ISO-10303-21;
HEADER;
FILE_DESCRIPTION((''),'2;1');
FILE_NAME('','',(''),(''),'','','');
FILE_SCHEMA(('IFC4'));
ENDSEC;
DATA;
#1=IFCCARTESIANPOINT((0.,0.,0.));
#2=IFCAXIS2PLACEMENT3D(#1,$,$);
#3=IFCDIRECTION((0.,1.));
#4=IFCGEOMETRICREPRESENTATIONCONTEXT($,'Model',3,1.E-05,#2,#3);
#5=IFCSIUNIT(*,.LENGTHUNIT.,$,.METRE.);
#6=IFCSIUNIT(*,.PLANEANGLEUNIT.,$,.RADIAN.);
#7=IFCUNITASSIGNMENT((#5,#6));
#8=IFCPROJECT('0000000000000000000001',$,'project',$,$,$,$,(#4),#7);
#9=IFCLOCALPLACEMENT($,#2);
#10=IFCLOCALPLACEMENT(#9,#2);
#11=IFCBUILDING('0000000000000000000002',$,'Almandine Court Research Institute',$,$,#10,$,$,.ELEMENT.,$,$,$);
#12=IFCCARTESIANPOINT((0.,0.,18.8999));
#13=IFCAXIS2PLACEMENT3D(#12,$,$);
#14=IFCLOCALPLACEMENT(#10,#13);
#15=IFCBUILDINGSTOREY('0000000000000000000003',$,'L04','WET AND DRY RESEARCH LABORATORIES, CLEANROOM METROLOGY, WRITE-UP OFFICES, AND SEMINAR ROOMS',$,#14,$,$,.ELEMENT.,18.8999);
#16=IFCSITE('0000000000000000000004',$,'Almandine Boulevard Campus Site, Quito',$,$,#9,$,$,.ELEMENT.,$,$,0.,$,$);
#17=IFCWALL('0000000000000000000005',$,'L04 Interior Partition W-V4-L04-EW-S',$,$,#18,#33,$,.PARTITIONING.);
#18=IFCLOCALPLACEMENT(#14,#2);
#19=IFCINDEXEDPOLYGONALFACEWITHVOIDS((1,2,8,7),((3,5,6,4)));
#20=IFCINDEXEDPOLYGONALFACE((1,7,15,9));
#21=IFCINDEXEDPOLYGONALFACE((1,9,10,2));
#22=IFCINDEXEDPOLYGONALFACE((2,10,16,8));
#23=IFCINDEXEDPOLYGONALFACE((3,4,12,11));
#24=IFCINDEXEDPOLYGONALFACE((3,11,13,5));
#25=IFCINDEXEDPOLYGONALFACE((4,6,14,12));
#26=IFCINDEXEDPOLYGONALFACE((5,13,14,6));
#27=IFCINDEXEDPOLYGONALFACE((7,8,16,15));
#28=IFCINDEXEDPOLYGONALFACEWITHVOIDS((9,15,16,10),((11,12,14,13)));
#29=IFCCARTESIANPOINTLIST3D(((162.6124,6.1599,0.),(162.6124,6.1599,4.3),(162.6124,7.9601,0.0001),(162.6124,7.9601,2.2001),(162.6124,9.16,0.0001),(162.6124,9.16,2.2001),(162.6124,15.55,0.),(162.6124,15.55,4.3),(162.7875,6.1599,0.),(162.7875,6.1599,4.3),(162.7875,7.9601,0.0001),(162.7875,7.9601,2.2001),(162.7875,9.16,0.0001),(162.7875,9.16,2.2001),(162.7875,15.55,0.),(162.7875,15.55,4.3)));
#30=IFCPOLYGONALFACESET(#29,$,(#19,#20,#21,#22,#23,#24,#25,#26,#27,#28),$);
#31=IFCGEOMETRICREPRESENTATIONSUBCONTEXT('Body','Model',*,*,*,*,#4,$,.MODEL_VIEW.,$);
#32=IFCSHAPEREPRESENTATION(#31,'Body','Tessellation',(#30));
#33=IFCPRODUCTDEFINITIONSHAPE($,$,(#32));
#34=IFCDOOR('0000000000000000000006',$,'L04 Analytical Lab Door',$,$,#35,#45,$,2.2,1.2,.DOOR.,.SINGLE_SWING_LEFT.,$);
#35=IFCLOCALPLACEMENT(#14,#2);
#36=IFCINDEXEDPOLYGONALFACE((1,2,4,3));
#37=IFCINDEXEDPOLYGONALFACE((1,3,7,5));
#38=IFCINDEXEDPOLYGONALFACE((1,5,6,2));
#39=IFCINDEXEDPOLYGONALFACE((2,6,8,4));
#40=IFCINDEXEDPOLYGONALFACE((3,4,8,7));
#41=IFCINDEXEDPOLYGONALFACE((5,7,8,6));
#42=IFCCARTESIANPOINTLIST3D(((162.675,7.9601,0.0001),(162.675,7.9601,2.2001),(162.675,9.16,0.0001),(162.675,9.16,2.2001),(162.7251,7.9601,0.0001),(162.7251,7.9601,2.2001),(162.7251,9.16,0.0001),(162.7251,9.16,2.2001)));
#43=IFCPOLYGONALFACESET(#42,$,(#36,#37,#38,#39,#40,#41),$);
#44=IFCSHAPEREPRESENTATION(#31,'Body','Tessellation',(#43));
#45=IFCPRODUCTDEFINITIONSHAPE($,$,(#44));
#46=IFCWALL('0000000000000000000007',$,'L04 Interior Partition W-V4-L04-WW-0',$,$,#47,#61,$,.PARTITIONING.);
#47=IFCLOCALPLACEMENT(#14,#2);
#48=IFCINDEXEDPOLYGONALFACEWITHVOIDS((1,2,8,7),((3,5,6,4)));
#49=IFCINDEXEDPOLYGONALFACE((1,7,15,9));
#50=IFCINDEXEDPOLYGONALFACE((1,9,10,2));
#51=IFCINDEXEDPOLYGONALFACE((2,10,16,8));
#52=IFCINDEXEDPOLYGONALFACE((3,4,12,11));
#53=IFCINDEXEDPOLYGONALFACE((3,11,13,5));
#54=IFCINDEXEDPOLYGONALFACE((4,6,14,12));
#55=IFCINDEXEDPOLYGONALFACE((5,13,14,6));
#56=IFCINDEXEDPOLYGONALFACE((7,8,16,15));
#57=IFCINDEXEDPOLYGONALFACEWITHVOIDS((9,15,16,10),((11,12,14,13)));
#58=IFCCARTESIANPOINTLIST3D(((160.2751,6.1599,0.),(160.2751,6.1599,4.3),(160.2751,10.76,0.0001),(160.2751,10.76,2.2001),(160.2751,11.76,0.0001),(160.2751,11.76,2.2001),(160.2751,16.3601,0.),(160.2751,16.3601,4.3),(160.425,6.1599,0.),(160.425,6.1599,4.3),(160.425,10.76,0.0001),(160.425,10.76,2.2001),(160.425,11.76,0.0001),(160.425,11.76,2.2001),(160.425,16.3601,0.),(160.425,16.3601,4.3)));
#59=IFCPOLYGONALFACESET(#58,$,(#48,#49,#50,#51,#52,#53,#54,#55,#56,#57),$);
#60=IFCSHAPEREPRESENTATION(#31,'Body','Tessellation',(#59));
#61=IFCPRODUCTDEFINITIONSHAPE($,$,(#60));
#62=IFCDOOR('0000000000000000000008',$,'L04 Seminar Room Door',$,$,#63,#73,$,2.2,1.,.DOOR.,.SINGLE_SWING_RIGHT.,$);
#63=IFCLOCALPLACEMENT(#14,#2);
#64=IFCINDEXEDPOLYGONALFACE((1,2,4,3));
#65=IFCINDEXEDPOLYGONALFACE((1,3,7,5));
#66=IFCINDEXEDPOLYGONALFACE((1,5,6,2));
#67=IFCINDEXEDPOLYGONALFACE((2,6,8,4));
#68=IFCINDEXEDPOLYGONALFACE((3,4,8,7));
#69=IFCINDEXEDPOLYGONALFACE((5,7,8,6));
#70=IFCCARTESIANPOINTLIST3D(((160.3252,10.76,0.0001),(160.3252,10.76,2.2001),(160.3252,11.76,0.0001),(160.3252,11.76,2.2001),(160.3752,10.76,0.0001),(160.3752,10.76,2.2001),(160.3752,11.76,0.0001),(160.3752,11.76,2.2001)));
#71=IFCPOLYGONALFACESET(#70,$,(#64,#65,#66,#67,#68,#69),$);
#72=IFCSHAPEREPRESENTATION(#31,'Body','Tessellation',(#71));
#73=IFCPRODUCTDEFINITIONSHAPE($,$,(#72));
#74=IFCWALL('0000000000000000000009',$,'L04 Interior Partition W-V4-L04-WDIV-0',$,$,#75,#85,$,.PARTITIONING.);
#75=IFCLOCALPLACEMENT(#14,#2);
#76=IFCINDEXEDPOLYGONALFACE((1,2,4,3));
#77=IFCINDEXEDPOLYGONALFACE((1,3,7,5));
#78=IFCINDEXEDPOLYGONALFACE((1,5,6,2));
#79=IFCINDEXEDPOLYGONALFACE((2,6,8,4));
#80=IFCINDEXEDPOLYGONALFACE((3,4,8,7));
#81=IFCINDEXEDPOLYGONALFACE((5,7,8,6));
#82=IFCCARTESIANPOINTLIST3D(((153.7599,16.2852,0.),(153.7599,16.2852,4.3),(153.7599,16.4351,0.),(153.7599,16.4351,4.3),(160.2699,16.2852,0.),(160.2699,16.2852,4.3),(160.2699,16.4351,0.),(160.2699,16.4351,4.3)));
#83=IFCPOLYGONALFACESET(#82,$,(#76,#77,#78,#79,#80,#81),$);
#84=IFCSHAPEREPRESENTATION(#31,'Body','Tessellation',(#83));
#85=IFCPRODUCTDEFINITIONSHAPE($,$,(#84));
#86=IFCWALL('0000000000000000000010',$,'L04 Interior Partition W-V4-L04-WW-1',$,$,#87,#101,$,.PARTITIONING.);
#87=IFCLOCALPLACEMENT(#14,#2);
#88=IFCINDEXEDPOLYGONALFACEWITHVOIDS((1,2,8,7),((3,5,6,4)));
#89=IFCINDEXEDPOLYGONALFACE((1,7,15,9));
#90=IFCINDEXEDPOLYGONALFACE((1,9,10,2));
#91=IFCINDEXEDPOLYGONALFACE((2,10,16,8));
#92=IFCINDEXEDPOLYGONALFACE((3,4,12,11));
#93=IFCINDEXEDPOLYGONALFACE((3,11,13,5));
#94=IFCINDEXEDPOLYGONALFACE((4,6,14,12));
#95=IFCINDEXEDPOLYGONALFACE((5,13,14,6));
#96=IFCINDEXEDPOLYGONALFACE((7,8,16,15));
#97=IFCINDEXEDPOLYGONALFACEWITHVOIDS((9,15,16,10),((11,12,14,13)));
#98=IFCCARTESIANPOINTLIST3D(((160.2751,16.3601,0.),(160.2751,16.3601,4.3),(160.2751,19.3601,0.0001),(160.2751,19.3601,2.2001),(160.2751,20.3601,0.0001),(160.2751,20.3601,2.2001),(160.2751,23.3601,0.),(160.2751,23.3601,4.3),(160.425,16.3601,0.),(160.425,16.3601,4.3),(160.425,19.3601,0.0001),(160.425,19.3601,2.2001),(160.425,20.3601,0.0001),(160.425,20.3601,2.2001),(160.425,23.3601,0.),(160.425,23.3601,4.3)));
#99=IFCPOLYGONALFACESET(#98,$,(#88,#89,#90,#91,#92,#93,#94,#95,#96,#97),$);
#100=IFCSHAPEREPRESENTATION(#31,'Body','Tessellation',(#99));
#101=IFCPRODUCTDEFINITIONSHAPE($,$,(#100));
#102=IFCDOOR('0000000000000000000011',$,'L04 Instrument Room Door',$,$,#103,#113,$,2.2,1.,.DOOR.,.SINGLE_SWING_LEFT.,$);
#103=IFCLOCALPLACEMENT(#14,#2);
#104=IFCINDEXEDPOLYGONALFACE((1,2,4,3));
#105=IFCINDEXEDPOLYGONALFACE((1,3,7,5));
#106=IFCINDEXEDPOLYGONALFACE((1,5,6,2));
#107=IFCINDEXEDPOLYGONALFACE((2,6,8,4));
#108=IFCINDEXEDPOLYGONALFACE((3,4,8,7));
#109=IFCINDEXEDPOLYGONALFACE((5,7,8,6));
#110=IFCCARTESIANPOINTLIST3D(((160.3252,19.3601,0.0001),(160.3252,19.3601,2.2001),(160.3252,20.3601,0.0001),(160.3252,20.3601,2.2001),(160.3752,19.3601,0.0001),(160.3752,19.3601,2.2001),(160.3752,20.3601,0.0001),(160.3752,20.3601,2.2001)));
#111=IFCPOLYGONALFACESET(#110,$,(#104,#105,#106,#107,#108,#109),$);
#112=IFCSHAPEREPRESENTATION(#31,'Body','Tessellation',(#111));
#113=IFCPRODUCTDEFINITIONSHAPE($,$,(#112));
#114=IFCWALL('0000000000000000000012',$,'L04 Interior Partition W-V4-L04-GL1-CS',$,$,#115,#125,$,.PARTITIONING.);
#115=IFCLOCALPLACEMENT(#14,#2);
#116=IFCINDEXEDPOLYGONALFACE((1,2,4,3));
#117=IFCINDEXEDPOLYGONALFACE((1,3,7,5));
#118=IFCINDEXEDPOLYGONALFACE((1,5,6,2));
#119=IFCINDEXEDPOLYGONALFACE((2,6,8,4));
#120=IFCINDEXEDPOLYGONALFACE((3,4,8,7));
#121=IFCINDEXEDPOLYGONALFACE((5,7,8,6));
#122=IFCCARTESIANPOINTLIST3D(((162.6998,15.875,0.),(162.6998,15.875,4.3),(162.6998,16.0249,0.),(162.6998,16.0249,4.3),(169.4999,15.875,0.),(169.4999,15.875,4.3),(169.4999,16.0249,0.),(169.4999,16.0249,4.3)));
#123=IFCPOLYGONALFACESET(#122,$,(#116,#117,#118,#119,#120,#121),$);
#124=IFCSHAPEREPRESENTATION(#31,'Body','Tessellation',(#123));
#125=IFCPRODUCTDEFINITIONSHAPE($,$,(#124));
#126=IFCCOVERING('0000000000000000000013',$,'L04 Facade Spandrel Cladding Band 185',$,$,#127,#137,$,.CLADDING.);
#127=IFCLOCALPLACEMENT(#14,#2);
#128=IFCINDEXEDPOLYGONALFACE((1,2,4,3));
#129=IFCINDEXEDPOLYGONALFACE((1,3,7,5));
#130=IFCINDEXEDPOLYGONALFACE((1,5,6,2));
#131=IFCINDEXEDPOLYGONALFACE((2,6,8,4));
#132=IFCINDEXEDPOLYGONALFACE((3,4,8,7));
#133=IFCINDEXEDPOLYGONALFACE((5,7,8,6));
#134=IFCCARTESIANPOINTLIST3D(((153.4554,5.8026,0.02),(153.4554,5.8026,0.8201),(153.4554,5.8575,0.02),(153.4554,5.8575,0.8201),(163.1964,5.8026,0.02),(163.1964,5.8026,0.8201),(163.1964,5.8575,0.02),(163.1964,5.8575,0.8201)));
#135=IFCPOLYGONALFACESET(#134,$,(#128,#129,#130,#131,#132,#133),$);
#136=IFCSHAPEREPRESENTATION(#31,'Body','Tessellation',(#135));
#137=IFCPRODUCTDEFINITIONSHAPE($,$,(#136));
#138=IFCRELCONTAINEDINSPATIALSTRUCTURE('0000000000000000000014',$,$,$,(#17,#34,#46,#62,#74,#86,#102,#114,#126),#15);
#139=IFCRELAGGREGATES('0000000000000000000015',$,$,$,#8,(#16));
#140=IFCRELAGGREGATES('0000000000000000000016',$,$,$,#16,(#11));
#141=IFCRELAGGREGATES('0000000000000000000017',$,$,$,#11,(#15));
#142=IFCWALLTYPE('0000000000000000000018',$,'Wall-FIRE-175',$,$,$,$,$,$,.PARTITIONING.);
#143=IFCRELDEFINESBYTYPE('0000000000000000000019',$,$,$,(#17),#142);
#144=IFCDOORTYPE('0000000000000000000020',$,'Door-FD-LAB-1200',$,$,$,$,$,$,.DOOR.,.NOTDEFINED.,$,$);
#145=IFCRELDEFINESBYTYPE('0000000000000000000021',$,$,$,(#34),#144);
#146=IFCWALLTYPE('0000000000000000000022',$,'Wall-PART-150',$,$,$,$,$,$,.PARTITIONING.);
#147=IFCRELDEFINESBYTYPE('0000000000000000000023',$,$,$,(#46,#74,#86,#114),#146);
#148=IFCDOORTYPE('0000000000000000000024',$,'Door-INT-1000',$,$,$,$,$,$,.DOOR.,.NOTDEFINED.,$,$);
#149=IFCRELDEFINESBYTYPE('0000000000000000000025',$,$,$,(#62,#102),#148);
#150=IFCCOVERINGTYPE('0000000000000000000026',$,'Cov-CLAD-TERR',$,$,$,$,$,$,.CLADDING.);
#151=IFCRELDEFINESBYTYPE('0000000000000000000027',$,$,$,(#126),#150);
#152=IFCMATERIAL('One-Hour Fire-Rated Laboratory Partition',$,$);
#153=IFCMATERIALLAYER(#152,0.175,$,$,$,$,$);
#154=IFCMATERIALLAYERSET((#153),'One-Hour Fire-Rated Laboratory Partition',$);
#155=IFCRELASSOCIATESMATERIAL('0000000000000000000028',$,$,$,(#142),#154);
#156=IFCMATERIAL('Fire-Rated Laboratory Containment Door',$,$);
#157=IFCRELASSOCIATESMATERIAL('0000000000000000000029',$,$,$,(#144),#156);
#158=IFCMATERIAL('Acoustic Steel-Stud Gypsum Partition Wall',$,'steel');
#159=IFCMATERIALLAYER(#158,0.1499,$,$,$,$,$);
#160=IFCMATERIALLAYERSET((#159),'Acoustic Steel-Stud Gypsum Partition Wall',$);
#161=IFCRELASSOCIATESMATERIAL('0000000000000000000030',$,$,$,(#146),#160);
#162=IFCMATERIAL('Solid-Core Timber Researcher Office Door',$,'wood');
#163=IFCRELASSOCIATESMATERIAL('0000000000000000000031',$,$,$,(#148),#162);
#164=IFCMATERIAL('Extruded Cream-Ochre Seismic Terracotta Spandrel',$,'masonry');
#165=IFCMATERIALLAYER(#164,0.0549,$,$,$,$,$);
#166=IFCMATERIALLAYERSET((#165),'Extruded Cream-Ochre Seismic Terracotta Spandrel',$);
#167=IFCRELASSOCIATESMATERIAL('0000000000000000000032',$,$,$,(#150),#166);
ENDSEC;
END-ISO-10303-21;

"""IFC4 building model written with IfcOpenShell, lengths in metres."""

from ifc_helpers import new_model, si_unit, direction, frame, frame_2d, origin, origin_2d, place, context, subcontext, project, spatial, rectangle, extrude, material, layer, layer_set, type_object, element, fill, save


model = new_model("IFC4")

# Units and contexts
model_context = context("Model", 3, precision=1e-05, world=origin(), true_north=direction((0.0, 1.0)))
body_context = subcontext(model_context, "Body", "Model", "MODEL_VIEW")
ifc_project = project(units=[si_unit("LENGTHUNIT", "METRE"), si_unit("PLANEANGLEUNIT", "RADIAN")], contexts=[model_context])

# Site, building, storey
site_placement = place(None, origin())
site = spatial("IfcSite", under=ifc_project, at=site_placement, Name="Almandine Boulevard Campus Site, Quito", CompositionType="ELEMENT", RefElevation=0.0)
building_placement = place(site_placement, origin())
building = spatial("IfcBuilding", under=site, at=building_placement, Name="Almandine Court Research Institute", CompositionType="ELEMENT")
storey_placement = place(building_placement, frame((0.0, 0.0, 18.8999)))
storey = spatial("IfcBuildingStorey", under=building, at=storey_placement, Name="L04", Description="WET AND DRY RESEARCH LABORATORIES, CLEANROOM METROLOGY, WRITE-UP OFFICES, AND SEMINAR ROOMS", CompositionType="ELEMENT", Elevation=18.8999)

# Walls, openings, doors
ifc_material_1 = material(Name="One-Hour Fire-Rated Laboratory Partition")
ifc_layer_1 = layer(ifc_material_1, 0.175)
ifc_layer_set_1 = layer_set([ifc_layer_1], Name="One-Hour Fire-Rated Laboratory Partition")
wall_type_1 = type_object("IfcWallType", Name="Wall-FIRE-175", PredefinedType="PARTITIONING", material=ifc_layer_set_1)
wall_1_placement = place(storey_placement, frame((162.7, 6.1599, 0.0), z_axis=(0.0, 0.0, 1.0), x_axis=(0.0, 1.0, 0.0)))
wall_1 = element("IfcWall", 1, at=wall_1_placement, inside=storey, type_object=wall_type_1, Name="L04 Interior Partition W-V4-L04-EW-S", PredefinedType="PARTITIONING", context=body_context, shape_type="SweptSolid", body=[
    extrude(rectangle(XDim=9.3901, YDim=0.175, at=frame_2d((4.6951, 0.0))), origin(), (0.0, 0.0, 1.0), 4.3),
])
opening_1_placement = place(wall_1_placement, frame((1.8, 0.0, 0.0)))
opening_1 = element("IfcOpeningElement", 2, at=opening_1_placement, cuts=wall_1, PredefinedType="OPENING", context=body_context, shape_type="SweptSolid", body=[
    extrude(rectangle(XDim=1.2, YDim=2.2, at=frame_2d((0.6001, 1.1001))), frame((0.0, 0.0974, 0.0), z_axis=(0.0, -1.0, 0.0), x_axis=(1.0, 0.0, 0.0)), (0.0, 0.0, 1.0), 0.1951),
])
ifc_material_2 = material(Name="Fire-Rated Laboratory Containment Door")
door_type_1 = type_object("IfcDoorType", Name="Door-FD-LAB-1200", OperationType="NOTDEFINED", PredefinedType="DOOR", material=ifc_material_2)
door_1_placement = place(opening_1_placement, origin())
door_1 = element("IfcDoor", 3, at=door_1_placement, inside=storey, type_object=door_type_1, Name="L04 Analytical Lab Door", OperationType="SINGLE_SWING_LEFT", OverallHeight=2.2, OverallWidth=1.2, PredefinedType="DOOR", context=body_context, shape_type="SweptSolid", body=[
    extrude(rectangle(XDim=1.2, YDim=2.2, at=frame_2d((0.6001, 1.1001))), frame((0.0, 0.0249, 0.0), z_axis=(0.0, -1.0, 0.0), x_axis=(1.0, 0.0, 0.0)), (0.0, 0.0, 1.0), 0.05),
])
fill(opening_1, door_1)
ifc_material_3 = material(Name="Acoustic Steel-Stud Gypsum Partition Wall", Category="steel")
ifc_layer_2 = layer(ifc_material_3, 0.1499)
ifc_layer_set_2 = layer_set([ifc_layer_2], Name="Acoustic Steel-Stud Gypsum Partition Wall")
wall_type_2 = type_object("IfcWallType", Name="Wall-PART-150", PredefinedType="PARTITIONING", material=ifc_layer_set_2)
wall_2_placement = place(storey_placement, frame((160.3501, 6.1599, 0.0), z_axis=(0.0, 0.0, 1.0), x_axis=(0.0, 1.0, 0.0)))
wall_2 = element("IfcWall", 4, at=wall_2_placement, inside=storey, type_object=wall_type_2, Name="L04 Interior Partition W-V4-L04-WW-0", PredefinedType="PARTITIONING", context=body_context, shape_type="SweptSolid", body=[
    extrude(rectangle(XDim=10.2002, YDim=0.1499, at=frame_2d((5.1001, 0.0))), origin(), (0.0, 0.0, 1.0), 4.3),
])
opening_2_placement = place(wall_2_placement, frame((4.6001, 0.0, 0.0)))
opening_2 = element("IfcOpeningElement", 5, at=opening_2_placement, cuts=wall_2, PredefinedType="OPENING", context=body_context, shape_type="SweptSolid", body=[
    extrude(rectangle(XDim=1.0, YDim=2.2, at=frame_2d((0.5, 1.1001))), frame((0.0, 0.085, 0.0), z_axis=(0.0, -1.0, 0.0), x_axis=(1.0, 0.0, 0.0)), (0.0, 0.0, 1.0), 0.1699),
])
ifc_material_4 = material(Name="Solid-Core Timber Researcher Office Door", Category="wood")
door_type_2 = type_object("IfcDoorType", Name="Door-INT-1000", OperationType="NOTDEFINED", PredefinedType="DOOR", material=ifc_material_4)
door_2_placement = place(opening_2_placement, origin())
door_2 = element("IfcDoor", 6, at=door_2_placement, inside=storey, type_object=door_type_2, Name="L04 Seminar Room Door", OperationType="SINGLE_SWING_RIGHT", OverallHeight=2.2, OverallWidth=1.0, PredefinedType="DOOR", context=body_context, shape_type="SweptSolid", body=[
    extrude(rectangle(XDim=1.0, YDim=2.2, at=frame_2d((0.5, 1.1001))), frame((0.0, 0.0249, 0.0), z_axis=(0.0, -1.0, 0.0), x_axis=(1.0, 0.0, 0.0)), (0.0, 0.0, 1.0), 0.05),
])
fill(opening_2, door_2)

# Wall
wall_3_placement = place(storey_placement, frame((153.76, 16.3601, 0.0), z_axis=(0.0, 0.0, 1.0), x_axis=(1.0, 0.0, 0.0)))
element("IfcWall", 7, at=wall_3_placement, inside=storey, type_object=wall_type_2, Name="L04 Interior Partition W-V4-L04-WDIV-0", PredefinedType="PARTITIONING", context=body_context, shape_type="SweptSolid", body=[
    extrude(rectangle(XDim=6.51, YDim=0.1499, at=frame_2d((3.2549, 0.0))), origin(), (0.0, 0.0, 1.0), 4.3),
])

# Wall, opening, door
wall_4_placement = place(storey_placement, frame((160.3501, 16.3601, 0.0), z_axis=(0.0, 0.0, 1.0), x_axis=(0.0, 1.0, 0.0)))
wall_4 = element("IfcWall", 8, at=wall_4_placement, inside=storey, type_object=wall_type_2, Name="L04 Interior Partition W-V4-L04-WW-1", PredefinedType="PARTITIONING", context=body_context, shape_type="SweptSolid", body=[
    extrude(rectangle(XDim=7.0, YDim=0.1499, at=frame_2d((3.5, 0.0))), origin(), (0.0, 0.0, 1.0), 4.3),
])
opening_3_placement = place(wall_4_placement, frame((3.0, 0.0, 0.0)))
opening_3 = element("IfcOpeningElement", 9, at=opening_3_placement, cuts=wall_4, PredefinedType="OPENING", context=body_context, shape_type="SweptSolid", body=[
    extrude(rectangle(XDim=1.0, YDim=2.2, at=frame_2d((0.5, 1.1001))), frame((0.0, 0.085, 0.0), z_axis=(0.0, -1.0, 0.0), x_axis=(1.0, 0.0, 0.0)), (0.0, 0.0, 1.0), 0.1699),
])
door_3_placement = place(opening_3_placement, origin())
door_3 = element("IfcDoor", 10, at=door_3_placement, inside=storey, type_object=door_type_2, Name="L04 Instrument Room Door", OperationType="SINGLE_SWING_LEFT", OverallHeight=2.2, OverallWidth=1.0, PredefinedType="DOOR", context=body_context, shape_type="SweptSolid", body=[
    extrude(rectangle(XDim=1.0, YDim=2.2, at=frame_2d((0.5, 1.1001))), frame((0.0, 0.0249, 0.0), z_axis=(0.0, -1.0, 0.0), x_axis=(1.0, 0.0, 0.0)), (0.0, 0.0, 1.0), 0.05),
])
fill(opening_3, door_3)

# Wall
wall_5_placement = place(storey_placement, frame((162.7, 15.95, 0.0), z_axis=(0.0, 0.0, 1.0), x_axis=(1.0, 0.0, 0.0)))
element("IfcWall", 11, at=wall_5_placement, inside=storey, type_object=wall_type_2, Name="L04 Interior Partition W-V4-L04-GL1-CS", PredefinedType="PARTITIONING", context=body_context, shape_type="SweptSolid", body=[
    extrude(rectangle(XDim=6.8, YDim=0.1499, at=frame_2d((3.3999, 0.0))), origin(), (0.0, 0.0, 1.0), 4.3),
])

# Covering
ifc_material_5 = material(Name="Extruded Cream-Ochre Seismic Terracotta Spandrel", Category="masonry")
ifc_layer_3 = layer(ifc_material_5, 0.0549)
ifc_layer_set_3 = layer_set([ifc_layer_3], Name="Extruded Cream-Ochre Seismic Terracotta Spandrel")
covering_type = type_object("IfcCoveringType", Name="Cov-CLAD-TERR", PredefinedType="CLADDING", material=ifc_layer_set_3)
covering_placement = place(storey_placement, frame((158.3259, 5.8301, 0.02), z_axis=(0.0, 0.0, 1.0), x_axis=(-1.0, 0.0, 0.0)))
element("IfcCovering", 12, at=covering_placement, inside=storey, type_object=covering_type, Name="L04 Facade Spandrel Cladding Band 185", PredefinedType="CLADDING", context=body_context, shape_type="SweptSolid", body=[
    extrude(rectangle(XDim=9.741, YDim=0.0549, at=origin_2d()), origin(), (0.0, 0.0, 1.0), 0.8),
])

save(model, "model.ifc")
